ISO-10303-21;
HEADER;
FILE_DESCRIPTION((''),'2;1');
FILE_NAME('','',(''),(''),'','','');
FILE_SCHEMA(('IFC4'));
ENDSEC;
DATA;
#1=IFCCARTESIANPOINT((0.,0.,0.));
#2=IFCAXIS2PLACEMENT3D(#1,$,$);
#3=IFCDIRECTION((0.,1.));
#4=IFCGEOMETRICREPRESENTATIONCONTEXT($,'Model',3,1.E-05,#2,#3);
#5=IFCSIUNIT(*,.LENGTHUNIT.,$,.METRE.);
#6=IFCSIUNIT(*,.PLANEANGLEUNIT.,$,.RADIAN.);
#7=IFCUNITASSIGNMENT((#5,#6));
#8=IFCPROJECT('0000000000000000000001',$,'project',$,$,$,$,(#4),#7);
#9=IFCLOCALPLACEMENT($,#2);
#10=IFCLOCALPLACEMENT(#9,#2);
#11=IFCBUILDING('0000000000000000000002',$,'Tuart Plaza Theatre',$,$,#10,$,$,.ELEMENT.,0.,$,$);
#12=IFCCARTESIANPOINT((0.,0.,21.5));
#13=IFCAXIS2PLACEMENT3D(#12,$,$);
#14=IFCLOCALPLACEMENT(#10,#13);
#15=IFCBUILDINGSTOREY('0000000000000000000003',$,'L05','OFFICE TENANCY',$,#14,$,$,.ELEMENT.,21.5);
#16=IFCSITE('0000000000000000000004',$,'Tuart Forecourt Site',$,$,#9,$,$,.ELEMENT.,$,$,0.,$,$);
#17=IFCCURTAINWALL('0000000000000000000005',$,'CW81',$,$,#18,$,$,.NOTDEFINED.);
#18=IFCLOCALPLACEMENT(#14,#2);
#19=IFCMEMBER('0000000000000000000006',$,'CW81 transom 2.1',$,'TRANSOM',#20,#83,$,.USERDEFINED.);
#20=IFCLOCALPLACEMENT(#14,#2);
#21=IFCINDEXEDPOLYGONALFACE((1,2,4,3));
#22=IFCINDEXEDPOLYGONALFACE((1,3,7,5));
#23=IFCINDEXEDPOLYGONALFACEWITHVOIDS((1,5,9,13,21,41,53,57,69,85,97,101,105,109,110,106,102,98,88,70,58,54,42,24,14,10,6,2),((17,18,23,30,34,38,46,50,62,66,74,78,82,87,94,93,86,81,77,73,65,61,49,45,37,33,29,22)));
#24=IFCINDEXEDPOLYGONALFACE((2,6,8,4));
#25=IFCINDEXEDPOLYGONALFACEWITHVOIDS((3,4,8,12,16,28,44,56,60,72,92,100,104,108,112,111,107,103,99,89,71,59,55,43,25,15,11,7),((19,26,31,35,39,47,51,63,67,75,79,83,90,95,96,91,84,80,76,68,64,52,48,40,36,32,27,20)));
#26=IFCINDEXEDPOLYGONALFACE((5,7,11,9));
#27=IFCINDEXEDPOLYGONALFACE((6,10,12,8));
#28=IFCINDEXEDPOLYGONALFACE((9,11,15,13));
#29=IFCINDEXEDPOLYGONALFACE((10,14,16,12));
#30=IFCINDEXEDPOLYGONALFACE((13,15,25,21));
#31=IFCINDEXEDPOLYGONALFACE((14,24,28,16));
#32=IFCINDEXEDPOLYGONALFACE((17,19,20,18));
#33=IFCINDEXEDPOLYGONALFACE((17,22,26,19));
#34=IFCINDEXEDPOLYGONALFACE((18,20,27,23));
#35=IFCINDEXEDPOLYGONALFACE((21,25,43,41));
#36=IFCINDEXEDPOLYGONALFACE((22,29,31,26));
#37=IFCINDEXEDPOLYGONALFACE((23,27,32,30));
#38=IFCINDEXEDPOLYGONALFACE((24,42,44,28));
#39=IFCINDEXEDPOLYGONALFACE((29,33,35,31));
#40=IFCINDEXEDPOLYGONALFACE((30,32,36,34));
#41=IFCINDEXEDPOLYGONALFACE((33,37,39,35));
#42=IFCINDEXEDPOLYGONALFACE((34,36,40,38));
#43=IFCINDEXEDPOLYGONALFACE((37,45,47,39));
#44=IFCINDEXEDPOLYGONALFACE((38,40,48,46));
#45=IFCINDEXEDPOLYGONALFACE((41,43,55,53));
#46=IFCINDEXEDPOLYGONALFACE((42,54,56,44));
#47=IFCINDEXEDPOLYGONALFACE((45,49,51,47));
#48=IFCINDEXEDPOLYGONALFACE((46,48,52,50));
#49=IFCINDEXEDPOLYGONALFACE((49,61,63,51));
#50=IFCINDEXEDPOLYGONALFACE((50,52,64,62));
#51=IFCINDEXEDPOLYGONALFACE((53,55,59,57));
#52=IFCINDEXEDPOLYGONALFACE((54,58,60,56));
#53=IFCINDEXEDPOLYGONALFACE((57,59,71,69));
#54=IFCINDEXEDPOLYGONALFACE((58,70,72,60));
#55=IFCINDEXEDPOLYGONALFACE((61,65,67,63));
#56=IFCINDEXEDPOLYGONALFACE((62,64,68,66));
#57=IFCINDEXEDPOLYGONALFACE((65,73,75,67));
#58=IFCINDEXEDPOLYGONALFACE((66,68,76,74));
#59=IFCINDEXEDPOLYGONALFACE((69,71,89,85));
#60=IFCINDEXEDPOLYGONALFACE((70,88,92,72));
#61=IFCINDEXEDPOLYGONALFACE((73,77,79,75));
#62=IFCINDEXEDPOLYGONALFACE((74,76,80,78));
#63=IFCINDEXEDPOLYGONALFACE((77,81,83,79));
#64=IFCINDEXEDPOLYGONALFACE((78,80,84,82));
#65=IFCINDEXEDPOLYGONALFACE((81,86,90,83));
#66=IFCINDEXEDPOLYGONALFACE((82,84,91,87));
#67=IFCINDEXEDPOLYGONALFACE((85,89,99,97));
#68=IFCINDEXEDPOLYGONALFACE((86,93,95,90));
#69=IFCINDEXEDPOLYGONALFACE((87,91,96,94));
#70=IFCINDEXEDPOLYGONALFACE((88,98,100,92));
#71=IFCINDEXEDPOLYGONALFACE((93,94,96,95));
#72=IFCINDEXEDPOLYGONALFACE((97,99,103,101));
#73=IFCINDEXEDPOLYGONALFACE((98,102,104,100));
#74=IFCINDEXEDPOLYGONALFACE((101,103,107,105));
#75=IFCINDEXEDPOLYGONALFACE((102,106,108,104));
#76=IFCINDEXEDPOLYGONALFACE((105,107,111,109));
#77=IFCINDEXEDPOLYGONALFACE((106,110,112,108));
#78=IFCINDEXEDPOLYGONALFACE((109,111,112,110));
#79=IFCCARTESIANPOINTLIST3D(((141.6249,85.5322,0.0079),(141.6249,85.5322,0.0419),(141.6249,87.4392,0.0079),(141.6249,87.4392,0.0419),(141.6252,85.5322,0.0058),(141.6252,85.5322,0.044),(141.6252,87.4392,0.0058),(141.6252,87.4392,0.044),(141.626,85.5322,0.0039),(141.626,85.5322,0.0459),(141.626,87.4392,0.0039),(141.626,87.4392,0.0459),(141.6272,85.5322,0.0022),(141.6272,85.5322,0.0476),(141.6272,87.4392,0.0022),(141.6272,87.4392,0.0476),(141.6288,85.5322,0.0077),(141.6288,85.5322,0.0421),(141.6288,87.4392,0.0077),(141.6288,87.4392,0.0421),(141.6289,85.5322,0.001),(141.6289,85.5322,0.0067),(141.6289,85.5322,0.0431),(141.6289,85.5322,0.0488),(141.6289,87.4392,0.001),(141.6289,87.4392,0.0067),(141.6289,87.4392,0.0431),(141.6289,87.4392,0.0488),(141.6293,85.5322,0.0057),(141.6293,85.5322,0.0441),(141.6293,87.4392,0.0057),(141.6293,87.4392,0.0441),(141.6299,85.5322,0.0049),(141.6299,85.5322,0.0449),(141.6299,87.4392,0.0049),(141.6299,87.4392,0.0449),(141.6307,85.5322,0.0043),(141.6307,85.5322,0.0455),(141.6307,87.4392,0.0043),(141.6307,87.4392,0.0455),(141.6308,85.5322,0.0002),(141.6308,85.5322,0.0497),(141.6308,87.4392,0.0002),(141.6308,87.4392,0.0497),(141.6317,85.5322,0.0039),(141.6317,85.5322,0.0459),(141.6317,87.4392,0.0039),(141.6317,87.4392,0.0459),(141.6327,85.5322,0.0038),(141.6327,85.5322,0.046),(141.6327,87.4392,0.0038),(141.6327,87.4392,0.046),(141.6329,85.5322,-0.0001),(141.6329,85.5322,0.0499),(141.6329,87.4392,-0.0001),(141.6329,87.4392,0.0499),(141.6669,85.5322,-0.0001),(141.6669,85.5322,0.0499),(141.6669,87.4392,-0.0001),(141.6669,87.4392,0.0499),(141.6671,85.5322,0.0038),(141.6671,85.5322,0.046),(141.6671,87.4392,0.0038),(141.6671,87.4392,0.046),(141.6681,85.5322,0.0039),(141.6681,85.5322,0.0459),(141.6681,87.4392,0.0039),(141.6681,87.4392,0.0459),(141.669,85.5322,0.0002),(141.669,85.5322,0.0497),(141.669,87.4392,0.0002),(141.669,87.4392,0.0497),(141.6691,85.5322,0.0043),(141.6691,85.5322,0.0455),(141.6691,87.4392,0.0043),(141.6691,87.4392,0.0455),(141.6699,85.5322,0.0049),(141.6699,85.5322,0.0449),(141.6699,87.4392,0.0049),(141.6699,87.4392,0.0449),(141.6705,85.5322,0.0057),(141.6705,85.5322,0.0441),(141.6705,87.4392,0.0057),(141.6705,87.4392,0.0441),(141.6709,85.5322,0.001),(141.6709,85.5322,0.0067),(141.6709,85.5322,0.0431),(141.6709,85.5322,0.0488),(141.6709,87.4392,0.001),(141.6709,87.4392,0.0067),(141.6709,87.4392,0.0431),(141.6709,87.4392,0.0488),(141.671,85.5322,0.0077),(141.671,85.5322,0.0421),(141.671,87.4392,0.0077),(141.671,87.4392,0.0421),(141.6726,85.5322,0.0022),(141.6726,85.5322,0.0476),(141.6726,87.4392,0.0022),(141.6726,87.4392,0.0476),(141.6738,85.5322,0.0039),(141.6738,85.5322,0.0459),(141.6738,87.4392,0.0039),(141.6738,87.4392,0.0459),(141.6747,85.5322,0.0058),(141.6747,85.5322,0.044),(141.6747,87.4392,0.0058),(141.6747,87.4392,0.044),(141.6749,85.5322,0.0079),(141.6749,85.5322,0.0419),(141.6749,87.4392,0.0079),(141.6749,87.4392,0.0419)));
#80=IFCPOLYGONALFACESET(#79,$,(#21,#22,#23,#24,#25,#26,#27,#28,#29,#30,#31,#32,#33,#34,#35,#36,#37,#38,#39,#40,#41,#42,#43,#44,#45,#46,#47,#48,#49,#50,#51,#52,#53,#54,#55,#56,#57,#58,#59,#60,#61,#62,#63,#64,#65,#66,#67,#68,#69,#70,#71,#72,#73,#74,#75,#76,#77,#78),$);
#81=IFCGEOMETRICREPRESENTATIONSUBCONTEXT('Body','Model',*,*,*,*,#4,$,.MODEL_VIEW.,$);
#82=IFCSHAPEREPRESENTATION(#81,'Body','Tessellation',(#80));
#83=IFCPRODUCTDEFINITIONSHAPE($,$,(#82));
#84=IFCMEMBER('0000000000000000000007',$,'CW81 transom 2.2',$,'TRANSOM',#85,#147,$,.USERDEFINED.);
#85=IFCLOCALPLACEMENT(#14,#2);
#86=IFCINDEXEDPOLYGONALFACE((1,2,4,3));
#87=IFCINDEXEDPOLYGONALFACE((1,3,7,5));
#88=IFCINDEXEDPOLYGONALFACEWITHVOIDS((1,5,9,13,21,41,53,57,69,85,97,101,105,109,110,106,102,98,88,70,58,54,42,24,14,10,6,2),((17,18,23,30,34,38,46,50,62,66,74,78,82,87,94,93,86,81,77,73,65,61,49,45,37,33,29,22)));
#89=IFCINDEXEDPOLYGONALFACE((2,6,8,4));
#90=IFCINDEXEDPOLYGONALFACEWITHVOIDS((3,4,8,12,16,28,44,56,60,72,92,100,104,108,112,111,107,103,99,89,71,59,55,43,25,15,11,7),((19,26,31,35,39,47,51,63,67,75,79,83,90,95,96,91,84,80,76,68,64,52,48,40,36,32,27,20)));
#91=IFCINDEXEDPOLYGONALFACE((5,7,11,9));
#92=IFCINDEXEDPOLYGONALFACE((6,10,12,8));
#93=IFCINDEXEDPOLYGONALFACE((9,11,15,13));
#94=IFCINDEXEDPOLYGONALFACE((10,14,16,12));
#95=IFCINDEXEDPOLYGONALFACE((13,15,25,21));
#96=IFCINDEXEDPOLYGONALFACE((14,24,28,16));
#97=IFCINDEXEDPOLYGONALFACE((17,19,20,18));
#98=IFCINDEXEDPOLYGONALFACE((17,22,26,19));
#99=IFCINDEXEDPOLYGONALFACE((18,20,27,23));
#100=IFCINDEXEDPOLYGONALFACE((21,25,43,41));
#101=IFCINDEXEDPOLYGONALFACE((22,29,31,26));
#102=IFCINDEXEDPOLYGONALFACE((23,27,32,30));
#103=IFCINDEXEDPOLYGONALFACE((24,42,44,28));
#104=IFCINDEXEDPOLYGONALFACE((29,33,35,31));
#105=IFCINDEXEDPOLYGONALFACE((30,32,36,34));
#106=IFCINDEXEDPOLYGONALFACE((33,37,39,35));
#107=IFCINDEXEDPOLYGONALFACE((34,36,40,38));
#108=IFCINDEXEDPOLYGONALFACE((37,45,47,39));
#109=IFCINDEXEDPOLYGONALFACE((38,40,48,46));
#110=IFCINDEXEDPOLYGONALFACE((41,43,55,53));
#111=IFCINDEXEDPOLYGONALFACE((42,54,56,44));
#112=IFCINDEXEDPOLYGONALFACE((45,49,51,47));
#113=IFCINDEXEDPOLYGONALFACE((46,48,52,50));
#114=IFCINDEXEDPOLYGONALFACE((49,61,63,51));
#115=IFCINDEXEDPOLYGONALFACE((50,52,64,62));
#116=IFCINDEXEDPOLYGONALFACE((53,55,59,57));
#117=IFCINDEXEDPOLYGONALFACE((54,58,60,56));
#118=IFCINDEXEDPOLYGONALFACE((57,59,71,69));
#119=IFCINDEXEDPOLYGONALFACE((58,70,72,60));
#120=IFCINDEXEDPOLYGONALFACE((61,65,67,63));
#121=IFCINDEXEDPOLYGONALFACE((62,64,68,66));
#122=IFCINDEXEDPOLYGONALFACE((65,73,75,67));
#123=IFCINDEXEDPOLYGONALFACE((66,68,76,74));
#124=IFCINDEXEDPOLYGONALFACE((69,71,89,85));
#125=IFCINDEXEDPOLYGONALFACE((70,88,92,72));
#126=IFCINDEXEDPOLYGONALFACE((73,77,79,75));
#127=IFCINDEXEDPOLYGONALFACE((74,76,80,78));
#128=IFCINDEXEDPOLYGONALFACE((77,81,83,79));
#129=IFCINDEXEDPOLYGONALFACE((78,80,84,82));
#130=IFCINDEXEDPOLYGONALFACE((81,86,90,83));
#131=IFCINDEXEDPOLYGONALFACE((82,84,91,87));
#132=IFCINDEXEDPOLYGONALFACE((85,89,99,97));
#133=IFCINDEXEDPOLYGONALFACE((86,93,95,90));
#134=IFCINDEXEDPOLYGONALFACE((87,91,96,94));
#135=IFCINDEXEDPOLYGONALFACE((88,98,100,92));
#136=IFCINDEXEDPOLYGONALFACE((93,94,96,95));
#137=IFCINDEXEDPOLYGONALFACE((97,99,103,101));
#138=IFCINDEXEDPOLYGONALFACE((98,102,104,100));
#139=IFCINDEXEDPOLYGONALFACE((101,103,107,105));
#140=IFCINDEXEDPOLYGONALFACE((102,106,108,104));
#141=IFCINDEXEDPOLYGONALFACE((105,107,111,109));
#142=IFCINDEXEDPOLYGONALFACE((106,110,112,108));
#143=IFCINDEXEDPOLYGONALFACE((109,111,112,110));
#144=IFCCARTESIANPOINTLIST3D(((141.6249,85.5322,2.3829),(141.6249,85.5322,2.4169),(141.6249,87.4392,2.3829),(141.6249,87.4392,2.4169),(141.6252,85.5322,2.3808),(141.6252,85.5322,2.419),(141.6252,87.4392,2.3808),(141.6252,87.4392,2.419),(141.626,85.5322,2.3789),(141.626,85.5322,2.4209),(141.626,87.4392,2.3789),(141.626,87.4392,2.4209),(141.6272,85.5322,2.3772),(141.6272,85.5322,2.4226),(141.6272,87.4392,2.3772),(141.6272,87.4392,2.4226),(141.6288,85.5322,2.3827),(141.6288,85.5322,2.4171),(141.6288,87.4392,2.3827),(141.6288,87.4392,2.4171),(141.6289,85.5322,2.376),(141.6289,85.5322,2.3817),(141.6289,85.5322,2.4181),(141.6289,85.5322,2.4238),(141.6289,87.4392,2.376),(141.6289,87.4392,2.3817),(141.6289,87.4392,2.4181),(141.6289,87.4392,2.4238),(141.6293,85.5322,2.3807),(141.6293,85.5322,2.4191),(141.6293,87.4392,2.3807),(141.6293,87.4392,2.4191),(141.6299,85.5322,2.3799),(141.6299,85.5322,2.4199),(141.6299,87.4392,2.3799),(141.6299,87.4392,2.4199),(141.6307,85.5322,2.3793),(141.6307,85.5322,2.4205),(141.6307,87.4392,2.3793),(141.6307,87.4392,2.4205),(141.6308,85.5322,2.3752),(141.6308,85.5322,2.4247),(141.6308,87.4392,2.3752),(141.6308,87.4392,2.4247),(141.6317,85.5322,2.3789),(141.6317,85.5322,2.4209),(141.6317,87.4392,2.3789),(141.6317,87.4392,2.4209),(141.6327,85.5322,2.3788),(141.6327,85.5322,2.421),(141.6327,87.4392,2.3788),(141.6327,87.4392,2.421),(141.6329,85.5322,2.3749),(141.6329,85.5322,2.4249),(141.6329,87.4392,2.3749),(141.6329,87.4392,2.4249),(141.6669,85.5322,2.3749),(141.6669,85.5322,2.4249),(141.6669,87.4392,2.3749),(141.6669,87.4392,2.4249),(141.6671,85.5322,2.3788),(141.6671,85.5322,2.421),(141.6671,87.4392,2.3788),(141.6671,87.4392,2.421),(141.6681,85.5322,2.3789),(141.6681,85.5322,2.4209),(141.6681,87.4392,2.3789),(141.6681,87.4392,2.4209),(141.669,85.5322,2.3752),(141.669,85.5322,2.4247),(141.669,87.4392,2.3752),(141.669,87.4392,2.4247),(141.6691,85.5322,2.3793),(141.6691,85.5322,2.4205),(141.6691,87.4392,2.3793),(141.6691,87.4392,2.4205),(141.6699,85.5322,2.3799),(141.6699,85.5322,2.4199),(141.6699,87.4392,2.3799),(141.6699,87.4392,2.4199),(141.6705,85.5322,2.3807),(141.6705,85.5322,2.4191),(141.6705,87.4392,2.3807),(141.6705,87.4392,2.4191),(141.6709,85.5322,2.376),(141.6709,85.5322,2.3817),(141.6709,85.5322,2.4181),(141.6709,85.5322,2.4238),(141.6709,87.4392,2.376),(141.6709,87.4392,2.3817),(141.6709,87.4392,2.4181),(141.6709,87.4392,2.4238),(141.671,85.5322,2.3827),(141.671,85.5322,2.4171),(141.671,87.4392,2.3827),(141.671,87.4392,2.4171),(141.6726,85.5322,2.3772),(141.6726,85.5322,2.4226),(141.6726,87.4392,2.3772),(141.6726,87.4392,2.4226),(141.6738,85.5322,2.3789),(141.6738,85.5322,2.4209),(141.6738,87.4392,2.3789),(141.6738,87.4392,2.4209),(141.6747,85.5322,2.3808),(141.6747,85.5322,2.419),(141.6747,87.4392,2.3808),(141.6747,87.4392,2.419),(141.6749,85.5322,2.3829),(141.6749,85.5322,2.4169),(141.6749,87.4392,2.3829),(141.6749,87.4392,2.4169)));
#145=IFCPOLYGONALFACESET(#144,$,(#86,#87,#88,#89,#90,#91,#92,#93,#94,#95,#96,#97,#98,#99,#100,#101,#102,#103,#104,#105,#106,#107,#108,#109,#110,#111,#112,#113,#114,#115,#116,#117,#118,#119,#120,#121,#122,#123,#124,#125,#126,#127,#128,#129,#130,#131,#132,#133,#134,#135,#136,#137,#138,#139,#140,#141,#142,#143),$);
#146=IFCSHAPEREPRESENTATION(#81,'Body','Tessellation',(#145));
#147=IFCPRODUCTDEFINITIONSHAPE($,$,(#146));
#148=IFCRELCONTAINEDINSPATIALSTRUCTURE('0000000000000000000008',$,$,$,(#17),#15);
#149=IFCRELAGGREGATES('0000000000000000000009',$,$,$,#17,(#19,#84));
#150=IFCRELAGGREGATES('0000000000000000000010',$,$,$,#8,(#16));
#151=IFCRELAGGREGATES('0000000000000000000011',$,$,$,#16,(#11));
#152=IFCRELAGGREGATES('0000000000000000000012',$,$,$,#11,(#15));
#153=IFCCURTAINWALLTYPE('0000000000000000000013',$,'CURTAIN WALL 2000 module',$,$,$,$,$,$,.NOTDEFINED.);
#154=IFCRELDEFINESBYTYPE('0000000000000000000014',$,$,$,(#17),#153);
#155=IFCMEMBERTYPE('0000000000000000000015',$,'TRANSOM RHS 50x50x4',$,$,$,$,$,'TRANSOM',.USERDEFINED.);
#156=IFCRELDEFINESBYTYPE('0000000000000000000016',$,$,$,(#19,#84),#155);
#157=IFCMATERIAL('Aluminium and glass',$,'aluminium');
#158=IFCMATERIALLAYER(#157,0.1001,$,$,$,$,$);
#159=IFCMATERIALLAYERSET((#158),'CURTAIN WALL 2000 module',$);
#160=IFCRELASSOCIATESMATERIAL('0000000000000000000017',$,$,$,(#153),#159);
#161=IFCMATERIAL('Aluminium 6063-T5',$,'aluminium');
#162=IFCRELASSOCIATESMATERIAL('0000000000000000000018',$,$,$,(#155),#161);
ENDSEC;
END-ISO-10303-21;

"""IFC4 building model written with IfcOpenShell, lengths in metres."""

from ifc_helpers import new_model, si_unit, direction, frame, origin, origin_2d, place, context, subcontext, project, spatial, hollow_rectangle, extrude, material, layer, layer_set, material_profile, profile_set, type_object, element, aggregate, save


model = new_model("IFC4")

# Units and contexts
model_context = context("Model", 3, precision=1e-05, world=origin(), true_north=direction((0.0, 1.0)))
body_context = subcontext(model_context, "Body", "Model", "MODEL_VIEW")
ifc_project = project(units=[si_unit("LENGTHUNIT", "METRE"), si_unit("PLANEANGLEUNIT", "RADIAN")], contexts=[model_context])

# Site, building, storey
site_placement = place(None, origin())
site = spatial("IfcSite", under=ifc_project, at=site_placement, Name="Tuart Forecourt Site", CompositionType="ELEMENT", RefElevation=0.0)
building_placement = place(site_placement, origin())
building = spatial("IfcBuilding", under=site, at=building_placement, Name="Tuart Plaza Theatre", CompositionType="ELEMENT", ElevationOfRefHeight=0.0)
storey_placement = place(building_placement, frame((0.0, 0.0, 21.5)))
storey = spatial("IfcBuildingStorey", under=building, at=storey_placement, Name="L05", Description="OFFICE TENANCY", CompositionType="ELEMENT", Elevation=21.5)

# Shared definitions
ifc_material_1 = material(Name="Aluminium and glass", Category="aluminium")
ifc_layer_1 = layer(ifc_material_1, 0.1001)
ifc_layer_set_1 = layer_set([ifc_layer_1], Name="CURTAIN WALL 2000 module")
curtain_wall_type = type_object("IfcCurtainWallType", Name="CURTAIN WALL 2000 module", PredefinedType="NOTDEFINED", material=ifc_layer_set_1)

# Curtain wall
curtain_wall_1_placement = place(storey_placement, origin())
curtain_wall_1 = element("IfcCurtainWall", 1, at=curtain_wall_1_placement, inside=storey, type_object=curtain_wall_type, Name="CW81", PredefinedType="NOTDEFINED")

# Members
ifc_material_2 = material(Name="Aluminium 6063-T5", Category="aluminium")
ifc_material_profile_1 = material_profile(ifc_material_2, hollow_rectangle(XDim=0.05, YDim=0.05, WallThickness=0.0039, InnerFilletRadius=0.0039, OuterFilletRadius=0.0081, at=origin_2d()), Name="RHS 50x50x4")
ifc_profile_set_1 = profile_set([ifc_material_profile_1], Name="Aluminium 6063-T5")
member_type_1 = type_object("IfcMemberType", Name="TRANSOM RHS 50x50x4", ElementType="TRANSOM", PredefinedType="USERDEFINED", material=ifc_profile_set_1)
member_1_placement = place(storey_placement, frame((141.6499, 85.5322, 0.0249), z_axis=(0.0, 1.0, 0.0), x_axis=(-1.0, 0.0, 0.0)))
member_1 = element("IfcMember", 2, at=member_1_placement, type_object=member_type_1, Name="CW81 transom 2.1", ObjectType="TRANSOM", PredefinedType="USERDEFINED", context=body_context, shape_type="SweptSolid", body=[
    extrude(hollow_rectangle(XDim=0.05, YDim=0.05, WallThickness=0.0039, InnerFilletRadius=0.0039, OuterFilletRadius=0.0081, at=origin_2d()), origin(), (0.0, 0.0, 1.0), 1.907),
])
member_2_placement = place(storey_placement, frame((141.6499, 85.5322, 2.3999), z_axis=(0.0, 1.0, 0.0), x_axis=(-1.0, 0.0, 0.0)))
member_2 = element("IfcMember", 3, at=member_2_placement, type_object=member_type_1, Name="CW81 transom 2.2", ObjectType="TRANSOM", PredefinedType="USERDEFINED", context=body_context, shape_type="SweptSolid", body=[
    extrude(hollow_rectangle(XDim=0.05, YDim=0.05, WallThickness=0.0039, InnerFilletRadius=0.0039, OuterFilletRadius=0.0081, at=origin_2d()), origin(), (0.0, 0.0, 1.0), 1.907),
])

aggregate(curtain_wall_1, [member_1, member_2])

save(model, "model.ifc")
